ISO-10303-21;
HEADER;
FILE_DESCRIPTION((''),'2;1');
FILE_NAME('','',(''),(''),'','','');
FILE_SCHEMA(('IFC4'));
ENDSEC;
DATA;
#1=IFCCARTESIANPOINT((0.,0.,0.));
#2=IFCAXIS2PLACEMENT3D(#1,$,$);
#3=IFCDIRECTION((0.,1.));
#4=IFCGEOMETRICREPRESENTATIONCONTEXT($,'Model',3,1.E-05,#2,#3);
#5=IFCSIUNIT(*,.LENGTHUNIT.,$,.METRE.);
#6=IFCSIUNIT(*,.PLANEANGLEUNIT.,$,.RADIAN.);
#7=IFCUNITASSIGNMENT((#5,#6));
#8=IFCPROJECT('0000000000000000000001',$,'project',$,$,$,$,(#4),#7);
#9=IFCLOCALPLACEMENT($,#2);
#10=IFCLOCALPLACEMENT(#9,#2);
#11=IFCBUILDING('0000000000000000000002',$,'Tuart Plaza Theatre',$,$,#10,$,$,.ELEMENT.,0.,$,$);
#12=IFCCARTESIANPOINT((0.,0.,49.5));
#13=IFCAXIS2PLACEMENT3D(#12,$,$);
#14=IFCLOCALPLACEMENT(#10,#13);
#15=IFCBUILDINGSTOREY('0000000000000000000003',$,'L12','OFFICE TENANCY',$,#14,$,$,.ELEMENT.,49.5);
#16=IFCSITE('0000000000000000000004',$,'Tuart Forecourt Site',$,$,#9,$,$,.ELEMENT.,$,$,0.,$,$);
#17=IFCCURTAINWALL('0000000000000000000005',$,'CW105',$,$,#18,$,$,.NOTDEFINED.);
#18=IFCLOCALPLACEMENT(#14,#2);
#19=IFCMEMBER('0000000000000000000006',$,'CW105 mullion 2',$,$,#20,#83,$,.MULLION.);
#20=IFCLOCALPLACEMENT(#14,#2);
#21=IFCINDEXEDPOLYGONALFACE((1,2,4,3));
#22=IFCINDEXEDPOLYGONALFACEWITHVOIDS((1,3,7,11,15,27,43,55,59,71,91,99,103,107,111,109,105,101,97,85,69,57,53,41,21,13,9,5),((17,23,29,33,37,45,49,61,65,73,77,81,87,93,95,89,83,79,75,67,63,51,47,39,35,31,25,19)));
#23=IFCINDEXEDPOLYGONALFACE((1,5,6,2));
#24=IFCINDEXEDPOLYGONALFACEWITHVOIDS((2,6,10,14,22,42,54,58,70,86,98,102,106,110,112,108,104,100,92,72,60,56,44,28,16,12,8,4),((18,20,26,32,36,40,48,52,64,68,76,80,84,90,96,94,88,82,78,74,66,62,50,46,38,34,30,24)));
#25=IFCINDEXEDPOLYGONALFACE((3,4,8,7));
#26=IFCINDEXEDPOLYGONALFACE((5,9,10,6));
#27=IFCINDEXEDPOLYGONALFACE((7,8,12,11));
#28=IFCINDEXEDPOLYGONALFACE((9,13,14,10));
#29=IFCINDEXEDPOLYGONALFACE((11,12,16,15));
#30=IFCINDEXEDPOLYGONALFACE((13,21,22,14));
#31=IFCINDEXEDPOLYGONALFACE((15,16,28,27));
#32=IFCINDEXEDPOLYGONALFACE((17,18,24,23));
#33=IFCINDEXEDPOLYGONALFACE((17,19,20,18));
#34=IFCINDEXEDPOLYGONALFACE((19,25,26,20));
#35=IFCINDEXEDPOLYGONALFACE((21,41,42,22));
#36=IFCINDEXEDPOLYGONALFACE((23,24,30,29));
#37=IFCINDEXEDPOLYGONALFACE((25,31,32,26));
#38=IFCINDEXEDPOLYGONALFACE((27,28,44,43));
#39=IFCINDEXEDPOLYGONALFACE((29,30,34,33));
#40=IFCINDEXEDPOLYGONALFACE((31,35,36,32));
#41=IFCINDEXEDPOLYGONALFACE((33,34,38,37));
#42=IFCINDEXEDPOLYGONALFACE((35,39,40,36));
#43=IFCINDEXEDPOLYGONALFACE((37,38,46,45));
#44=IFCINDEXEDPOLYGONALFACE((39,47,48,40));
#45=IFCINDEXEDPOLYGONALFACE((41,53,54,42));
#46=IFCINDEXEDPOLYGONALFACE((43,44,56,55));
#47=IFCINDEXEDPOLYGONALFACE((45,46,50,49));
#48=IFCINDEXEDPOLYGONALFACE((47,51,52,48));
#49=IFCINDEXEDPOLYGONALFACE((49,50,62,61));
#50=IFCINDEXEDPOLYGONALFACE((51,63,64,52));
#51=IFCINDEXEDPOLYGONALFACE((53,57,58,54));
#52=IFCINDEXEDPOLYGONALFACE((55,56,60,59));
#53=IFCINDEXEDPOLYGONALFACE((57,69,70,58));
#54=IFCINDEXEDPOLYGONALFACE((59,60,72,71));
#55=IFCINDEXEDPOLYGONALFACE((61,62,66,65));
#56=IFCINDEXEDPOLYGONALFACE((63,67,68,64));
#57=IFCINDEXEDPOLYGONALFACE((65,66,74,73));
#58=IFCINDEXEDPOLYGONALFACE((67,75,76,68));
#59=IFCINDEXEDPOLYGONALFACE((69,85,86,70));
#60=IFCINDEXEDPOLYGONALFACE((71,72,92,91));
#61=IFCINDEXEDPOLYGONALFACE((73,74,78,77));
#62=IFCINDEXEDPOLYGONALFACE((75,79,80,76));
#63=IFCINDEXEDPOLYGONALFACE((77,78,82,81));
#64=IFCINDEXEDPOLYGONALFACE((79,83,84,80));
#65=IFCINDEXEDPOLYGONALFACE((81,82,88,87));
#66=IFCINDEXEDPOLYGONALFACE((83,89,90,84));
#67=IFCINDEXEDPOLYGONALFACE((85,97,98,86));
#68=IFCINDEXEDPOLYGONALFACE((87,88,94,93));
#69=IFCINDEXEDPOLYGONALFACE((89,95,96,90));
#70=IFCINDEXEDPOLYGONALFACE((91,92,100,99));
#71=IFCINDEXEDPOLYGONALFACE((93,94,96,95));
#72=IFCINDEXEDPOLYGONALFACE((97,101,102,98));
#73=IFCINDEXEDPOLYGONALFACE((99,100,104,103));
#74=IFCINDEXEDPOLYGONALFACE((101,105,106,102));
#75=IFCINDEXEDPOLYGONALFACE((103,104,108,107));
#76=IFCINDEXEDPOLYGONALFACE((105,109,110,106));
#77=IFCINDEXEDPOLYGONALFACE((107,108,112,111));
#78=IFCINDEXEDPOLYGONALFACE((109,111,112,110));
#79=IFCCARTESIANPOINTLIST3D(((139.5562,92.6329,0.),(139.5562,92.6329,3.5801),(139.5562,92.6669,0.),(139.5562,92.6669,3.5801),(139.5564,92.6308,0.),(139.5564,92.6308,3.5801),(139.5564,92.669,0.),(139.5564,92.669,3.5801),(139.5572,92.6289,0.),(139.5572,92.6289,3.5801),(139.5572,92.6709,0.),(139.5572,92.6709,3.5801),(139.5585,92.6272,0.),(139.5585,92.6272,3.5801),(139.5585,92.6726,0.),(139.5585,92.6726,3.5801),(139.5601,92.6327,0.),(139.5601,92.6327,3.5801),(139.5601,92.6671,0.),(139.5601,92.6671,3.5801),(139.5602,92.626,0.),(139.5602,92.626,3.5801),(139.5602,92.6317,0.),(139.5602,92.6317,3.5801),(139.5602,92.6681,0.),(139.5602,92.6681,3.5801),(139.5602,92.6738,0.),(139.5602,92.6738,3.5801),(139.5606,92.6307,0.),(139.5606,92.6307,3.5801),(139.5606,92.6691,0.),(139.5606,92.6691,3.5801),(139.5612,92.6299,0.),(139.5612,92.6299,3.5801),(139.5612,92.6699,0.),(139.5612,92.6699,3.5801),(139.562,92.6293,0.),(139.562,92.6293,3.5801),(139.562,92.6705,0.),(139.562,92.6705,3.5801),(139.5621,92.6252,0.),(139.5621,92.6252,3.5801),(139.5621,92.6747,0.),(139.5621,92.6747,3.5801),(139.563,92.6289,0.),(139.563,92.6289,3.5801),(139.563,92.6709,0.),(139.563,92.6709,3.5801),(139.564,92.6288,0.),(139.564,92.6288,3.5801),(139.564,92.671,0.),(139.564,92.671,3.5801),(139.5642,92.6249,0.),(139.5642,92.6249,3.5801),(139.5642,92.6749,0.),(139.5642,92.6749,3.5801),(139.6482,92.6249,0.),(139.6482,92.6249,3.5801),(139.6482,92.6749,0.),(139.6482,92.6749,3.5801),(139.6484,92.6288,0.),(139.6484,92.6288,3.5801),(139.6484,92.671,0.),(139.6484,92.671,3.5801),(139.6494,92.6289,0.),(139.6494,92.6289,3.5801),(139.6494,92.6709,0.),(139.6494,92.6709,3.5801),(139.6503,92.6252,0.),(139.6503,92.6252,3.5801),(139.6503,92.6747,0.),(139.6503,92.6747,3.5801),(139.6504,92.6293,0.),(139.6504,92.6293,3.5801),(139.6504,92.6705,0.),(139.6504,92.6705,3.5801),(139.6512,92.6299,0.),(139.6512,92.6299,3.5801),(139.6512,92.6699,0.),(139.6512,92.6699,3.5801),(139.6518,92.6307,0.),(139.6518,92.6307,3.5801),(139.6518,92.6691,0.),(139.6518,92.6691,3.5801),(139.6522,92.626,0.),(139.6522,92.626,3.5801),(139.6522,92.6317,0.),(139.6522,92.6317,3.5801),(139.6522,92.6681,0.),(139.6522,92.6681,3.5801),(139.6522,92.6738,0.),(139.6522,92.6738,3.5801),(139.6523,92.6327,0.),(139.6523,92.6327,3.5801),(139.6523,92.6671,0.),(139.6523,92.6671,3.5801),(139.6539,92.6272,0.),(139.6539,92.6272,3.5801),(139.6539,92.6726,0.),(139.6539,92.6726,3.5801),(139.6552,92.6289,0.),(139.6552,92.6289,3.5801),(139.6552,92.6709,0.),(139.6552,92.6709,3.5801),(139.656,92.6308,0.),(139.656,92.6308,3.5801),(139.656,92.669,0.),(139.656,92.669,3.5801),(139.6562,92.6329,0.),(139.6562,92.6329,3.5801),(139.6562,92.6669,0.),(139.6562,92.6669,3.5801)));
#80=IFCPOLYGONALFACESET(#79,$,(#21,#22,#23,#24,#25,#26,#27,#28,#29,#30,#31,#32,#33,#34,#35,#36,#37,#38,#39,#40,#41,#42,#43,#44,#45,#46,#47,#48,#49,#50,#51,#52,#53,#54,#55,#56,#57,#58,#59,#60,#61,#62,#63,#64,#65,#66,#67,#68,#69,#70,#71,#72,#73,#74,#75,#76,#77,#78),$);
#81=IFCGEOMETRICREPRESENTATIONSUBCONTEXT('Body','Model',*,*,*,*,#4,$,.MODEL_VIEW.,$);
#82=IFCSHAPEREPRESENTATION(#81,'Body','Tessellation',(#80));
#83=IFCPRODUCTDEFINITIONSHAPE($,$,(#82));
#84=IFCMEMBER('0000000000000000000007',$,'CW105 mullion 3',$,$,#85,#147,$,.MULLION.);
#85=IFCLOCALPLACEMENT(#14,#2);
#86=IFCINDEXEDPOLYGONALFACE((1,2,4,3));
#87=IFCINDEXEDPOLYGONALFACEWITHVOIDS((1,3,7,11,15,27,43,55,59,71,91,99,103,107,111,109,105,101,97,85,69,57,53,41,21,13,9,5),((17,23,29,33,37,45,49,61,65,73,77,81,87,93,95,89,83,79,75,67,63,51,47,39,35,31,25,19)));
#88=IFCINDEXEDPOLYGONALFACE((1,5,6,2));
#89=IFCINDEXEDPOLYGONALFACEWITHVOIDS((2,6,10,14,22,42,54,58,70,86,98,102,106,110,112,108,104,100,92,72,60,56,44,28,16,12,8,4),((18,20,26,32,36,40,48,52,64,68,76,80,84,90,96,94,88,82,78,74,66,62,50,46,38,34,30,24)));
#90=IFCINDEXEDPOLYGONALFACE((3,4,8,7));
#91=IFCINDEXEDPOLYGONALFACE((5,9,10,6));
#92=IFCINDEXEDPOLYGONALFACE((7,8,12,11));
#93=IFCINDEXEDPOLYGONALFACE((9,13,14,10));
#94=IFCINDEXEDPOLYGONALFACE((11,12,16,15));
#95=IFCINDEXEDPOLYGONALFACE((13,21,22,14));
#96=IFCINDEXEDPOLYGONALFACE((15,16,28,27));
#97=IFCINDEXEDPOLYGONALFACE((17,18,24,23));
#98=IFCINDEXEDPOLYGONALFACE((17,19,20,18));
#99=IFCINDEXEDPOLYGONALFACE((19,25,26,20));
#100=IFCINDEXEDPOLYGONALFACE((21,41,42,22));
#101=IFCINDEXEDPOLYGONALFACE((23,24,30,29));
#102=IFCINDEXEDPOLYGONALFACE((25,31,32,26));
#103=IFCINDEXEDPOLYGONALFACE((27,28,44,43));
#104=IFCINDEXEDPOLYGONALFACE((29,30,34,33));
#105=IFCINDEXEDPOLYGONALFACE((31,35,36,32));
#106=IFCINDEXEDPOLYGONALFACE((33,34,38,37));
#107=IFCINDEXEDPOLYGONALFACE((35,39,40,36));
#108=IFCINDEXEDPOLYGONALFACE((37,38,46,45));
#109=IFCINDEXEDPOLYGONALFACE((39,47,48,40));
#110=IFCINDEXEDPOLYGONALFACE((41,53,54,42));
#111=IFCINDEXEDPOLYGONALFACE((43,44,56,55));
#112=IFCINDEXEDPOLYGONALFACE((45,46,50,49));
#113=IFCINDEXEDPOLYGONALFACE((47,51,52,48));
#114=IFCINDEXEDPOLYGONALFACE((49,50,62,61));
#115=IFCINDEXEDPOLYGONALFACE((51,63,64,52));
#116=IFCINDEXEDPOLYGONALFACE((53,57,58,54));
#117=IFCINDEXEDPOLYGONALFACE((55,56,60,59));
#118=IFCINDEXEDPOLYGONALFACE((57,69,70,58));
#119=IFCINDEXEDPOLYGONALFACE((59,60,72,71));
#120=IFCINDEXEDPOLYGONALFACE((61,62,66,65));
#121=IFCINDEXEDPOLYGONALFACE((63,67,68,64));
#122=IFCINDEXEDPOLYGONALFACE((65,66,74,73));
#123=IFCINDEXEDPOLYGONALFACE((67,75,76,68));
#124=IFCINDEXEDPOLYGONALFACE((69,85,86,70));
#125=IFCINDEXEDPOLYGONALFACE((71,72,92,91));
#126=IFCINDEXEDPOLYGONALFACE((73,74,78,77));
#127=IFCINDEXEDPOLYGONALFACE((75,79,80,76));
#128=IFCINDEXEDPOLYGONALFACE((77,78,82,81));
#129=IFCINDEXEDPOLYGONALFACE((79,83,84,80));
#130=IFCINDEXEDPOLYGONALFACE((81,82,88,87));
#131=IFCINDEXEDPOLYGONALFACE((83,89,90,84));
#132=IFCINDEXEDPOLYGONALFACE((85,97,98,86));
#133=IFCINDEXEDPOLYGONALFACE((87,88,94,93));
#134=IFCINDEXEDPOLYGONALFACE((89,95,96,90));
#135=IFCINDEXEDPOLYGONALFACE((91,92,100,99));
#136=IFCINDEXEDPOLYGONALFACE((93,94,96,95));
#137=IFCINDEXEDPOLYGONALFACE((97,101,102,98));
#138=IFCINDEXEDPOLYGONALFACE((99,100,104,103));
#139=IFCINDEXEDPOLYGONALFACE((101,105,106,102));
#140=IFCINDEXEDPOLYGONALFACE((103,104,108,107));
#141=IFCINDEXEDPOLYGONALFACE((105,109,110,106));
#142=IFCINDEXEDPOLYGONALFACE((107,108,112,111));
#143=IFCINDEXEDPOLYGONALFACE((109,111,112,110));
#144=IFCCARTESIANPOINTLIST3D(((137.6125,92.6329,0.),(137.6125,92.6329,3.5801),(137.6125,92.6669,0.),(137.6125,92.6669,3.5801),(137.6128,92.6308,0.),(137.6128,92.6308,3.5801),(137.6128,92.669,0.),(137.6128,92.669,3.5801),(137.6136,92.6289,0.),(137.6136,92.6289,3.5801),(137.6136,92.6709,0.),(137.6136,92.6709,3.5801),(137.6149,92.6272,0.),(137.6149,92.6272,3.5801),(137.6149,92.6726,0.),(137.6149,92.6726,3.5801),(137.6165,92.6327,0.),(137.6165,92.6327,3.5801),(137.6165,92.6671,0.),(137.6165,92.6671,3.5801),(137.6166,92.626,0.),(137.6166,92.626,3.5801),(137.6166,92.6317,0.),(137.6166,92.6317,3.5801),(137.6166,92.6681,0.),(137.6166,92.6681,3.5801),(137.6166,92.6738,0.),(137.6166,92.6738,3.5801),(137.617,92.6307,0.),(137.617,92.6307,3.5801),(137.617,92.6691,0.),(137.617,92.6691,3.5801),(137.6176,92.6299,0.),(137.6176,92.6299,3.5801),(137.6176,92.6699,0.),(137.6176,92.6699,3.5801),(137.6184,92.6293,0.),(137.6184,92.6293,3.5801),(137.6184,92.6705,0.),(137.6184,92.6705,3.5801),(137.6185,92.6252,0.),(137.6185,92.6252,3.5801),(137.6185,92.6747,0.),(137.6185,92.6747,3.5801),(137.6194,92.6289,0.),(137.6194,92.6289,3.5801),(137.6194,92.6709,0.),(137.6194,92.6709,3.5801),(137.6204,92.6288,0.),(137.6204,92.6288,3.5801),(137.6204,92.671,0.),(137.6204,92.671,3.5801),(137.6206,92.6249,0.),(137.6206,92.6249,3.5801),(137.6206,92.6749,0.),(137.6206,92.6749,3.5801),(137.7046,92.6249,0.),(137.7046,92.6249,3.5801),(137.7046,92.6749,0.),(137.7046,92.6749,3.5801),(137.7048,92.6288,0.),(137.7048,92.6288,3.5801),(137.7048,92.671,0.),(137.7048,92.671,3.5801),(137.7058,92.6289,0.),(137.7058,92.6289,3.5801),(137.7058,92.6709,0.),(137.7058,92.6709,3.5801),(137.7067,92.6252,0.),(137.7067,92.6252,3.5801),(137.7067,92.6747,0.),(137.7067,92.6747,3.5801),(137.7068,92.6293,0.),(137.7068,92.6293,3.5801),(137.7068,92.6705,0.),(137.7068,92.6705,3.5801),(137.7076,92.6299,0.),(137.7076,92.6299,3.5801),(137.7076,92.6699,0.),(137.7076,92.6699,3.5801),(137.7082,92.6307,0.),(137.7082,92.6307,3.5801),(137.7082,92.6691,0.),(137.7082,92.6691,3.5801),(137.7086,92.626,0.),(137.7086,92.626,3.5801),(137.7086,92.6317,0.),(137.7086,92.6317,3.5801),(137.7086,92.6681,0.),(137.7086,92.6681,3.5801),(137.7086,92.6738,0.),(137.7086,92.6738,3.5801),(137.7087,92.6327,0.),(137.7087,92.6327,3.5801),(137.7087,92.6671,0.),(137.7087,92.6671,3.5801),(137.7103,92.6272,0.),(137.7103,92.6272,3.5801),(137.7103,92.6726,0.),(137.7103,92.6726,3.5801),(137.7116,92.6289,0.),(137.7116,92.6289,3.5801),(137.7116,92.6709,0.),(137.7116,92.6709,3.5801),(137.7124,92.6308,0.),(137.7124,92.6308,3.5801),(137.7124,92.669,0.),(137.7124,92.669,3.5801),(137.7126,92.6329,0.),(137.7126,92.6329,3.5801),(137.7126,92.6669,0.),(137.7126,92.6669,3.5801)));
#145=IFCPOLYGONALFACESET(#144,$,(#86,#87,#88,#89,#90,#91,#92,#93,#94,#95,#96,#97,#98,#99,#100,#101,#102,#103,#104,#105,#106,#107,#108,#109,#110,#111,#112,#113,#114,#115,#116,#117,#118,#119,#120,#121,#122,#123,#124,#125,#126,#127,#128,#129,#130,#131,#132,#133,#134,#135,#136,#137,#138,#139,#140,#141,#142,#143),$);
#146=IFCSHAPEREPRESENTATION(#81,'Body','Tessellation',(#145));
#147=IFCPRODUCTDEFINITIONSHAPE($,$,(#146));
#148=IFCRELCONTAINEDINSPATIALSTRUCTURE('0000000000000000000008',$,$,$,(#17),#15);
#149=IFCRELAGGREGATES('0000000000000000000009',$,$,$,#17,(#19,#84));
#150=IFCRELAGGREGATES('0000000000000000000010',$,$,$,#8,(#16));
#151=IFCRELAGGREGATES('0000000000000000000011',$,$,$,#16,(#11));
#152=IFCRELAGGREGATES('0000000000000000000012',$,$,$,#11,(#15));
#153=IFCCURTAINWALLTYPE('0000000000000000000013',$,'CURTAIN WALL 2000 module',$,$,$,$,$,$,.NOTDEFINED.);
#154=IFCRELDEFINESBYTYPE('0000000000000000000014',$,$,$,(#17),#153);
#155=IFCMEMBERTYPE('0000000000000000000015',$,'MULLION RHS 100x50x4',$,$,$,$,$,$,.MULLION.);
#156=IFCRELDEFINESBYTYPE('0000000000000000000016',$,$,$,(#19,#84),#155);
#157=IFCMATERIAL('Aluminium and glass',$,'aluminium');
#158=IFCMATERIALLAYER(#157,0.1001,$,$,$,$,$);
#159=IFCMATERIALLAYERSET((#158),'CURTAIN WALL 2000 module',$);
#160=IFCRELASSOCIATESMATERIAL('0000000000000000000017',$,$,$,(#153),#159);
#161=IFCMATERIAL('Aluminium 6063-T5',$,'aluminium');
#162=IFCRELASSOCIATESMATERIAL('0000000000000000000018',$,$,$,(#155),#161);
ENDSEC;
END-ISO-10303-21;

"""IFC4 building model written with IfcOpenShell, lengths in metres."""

from ifc_helpers import new_model, si_unit, direction, frame, origin, origin_2d, place, context, subcontext, project, spatial, hollow_rectangle, extrude, material, layer, layer_set, material_profile, profile_set, type_object, element, aggregate, save


model = new_model("IFC4")

# Units and contexts
model_context = context("Model", 3, precision=1e-05, world=origin(), true_north=direction((0.0, 1.0)))
body_context = subcontext(model_context, "Body", "Model", "MODEL_VIEW")
ifc_project = project(units=[si_unit("LENGTHUNIT", "METRE"), si_unit("PLANEANGLEUNIT", "RADIAN")], contexts=[model_context])

# Site, building, storey
site_placement = place(None, origin())
site = spatial("IfcSite", under=ifc_project, at=site_placement, Name="Tuart Forecourt Site", CompositionType="ELEMENT", RefElevation=0.0)
building_placement = place(site_placement, origin())
building = spatial("IfcBuilding", under=site, at=building_placement, Name="Tuart Plaza Theatre", CompositionType="ELEMENT", ElevationOfRefHeight=0.0)
storey_placement = place(building_placement, frame((0.0, 0.0, 49.5)))
storey = spatial("IfcBuildingStorey", under=building, at=storey_placement, Name="L12", Description="OFFICE TENANCY", CompositionType="ELEMENT", Elevation=49.5)

# Shared definitions
ifc_material_1 = material(Name="Aluminium and glass", Category="aluminium")
ifc_layer_1 = layer(ifc_material_1, 0.1001)
ifc_layer_set_1 = layer_set([ifc_layer_1], Name="CURTAIN WALL 2000 module")
curtain_wall_type = type_object("IfcCurtainWallType", Name="CURTAIN WALL 2000 module", PredefinedType="NOTDEFINED", material=ifc_layer_set_1)
ifc_material_2 = material(Name="Aluminium 6063-T5", Category="aluminium")
ifc_material_profile_1 = material_profile(ifc_material_2, hollow_rectangle(XDim=0.05, YDim=0.1001, WallThickness=0.0039, InnerFilletRadius=0.0039, OuterFilletRadius=0.0081, at=origin_2d()), Name="RHS 100x50x4")
ifc_profile_set_1 = profile_set([ifc_material_profile_1], Name="Aluminium 6063-T5")
member_type_1 = type_object("IfcMemberType", Name="MULLION RHS 100x50x4", PredefinedType="MULLION", material=ifc_profile_set_1)

# Curtain wall, members
curtain_wall_1_placement = place(storey_placement, origin())
curtain_wall_1 = element("IfcCurtainWall", 1, at=curtain_wall_1_placement, inside=storey, type_object=curtain_wall_type, Name="CW105", PredefinedType="NOTDEFINED")
member_1_placement = place(storey_placement, frame((139.6062, 92.6499, 0.0), z_axis=(0.0, 0.0, 1.0), x_axis=(0.0, -1.0, 0.0)))
member_1 = element("IfcMember", 2, at=member_1_placement, type_object=member_type_1, Name="CW105 mullion 2", PredefinedType="MULLION", context=body_context, shape_type="SweptSolid", body=[
    extrude(hollow_rectangle(XDim=0.05, YDim=0.1001, WallThickness=0.0039, InnerFilletRadius=0.0039, OuterFilletRadius=0.0081, at=origin_2d()), origin(), (0.0, 0.0, 1.0), 3.5801),
])
member_2_placement = place(storey_placement, frame((137.6626, 92.6499, 0.0), z_axis=(0.0, 0.0, 1.0), x_axis=(0.0, -1.0, 0.0)))
member_2 = element("IfcMember", 3, at=member_2_placement, type_object=member_type_1, Name="CW105 mullion 3", PredefinedType="MULLION", context=body_context, shape_type="SweptSolid", body=[
    extrude(hollow_rectangle(XDim=0.05, YDim=0.1001, WallThickness=0.0039, InnerFilletRadius=0.0039, OuterFilletRadius=0.0081, at=origin_2d()), origin(), (0.0, 0.0, 1.0), 3.5801),
])
aggregate(curtain_wall_1, [member_1, member_2])

save(model, "model.ifc")
